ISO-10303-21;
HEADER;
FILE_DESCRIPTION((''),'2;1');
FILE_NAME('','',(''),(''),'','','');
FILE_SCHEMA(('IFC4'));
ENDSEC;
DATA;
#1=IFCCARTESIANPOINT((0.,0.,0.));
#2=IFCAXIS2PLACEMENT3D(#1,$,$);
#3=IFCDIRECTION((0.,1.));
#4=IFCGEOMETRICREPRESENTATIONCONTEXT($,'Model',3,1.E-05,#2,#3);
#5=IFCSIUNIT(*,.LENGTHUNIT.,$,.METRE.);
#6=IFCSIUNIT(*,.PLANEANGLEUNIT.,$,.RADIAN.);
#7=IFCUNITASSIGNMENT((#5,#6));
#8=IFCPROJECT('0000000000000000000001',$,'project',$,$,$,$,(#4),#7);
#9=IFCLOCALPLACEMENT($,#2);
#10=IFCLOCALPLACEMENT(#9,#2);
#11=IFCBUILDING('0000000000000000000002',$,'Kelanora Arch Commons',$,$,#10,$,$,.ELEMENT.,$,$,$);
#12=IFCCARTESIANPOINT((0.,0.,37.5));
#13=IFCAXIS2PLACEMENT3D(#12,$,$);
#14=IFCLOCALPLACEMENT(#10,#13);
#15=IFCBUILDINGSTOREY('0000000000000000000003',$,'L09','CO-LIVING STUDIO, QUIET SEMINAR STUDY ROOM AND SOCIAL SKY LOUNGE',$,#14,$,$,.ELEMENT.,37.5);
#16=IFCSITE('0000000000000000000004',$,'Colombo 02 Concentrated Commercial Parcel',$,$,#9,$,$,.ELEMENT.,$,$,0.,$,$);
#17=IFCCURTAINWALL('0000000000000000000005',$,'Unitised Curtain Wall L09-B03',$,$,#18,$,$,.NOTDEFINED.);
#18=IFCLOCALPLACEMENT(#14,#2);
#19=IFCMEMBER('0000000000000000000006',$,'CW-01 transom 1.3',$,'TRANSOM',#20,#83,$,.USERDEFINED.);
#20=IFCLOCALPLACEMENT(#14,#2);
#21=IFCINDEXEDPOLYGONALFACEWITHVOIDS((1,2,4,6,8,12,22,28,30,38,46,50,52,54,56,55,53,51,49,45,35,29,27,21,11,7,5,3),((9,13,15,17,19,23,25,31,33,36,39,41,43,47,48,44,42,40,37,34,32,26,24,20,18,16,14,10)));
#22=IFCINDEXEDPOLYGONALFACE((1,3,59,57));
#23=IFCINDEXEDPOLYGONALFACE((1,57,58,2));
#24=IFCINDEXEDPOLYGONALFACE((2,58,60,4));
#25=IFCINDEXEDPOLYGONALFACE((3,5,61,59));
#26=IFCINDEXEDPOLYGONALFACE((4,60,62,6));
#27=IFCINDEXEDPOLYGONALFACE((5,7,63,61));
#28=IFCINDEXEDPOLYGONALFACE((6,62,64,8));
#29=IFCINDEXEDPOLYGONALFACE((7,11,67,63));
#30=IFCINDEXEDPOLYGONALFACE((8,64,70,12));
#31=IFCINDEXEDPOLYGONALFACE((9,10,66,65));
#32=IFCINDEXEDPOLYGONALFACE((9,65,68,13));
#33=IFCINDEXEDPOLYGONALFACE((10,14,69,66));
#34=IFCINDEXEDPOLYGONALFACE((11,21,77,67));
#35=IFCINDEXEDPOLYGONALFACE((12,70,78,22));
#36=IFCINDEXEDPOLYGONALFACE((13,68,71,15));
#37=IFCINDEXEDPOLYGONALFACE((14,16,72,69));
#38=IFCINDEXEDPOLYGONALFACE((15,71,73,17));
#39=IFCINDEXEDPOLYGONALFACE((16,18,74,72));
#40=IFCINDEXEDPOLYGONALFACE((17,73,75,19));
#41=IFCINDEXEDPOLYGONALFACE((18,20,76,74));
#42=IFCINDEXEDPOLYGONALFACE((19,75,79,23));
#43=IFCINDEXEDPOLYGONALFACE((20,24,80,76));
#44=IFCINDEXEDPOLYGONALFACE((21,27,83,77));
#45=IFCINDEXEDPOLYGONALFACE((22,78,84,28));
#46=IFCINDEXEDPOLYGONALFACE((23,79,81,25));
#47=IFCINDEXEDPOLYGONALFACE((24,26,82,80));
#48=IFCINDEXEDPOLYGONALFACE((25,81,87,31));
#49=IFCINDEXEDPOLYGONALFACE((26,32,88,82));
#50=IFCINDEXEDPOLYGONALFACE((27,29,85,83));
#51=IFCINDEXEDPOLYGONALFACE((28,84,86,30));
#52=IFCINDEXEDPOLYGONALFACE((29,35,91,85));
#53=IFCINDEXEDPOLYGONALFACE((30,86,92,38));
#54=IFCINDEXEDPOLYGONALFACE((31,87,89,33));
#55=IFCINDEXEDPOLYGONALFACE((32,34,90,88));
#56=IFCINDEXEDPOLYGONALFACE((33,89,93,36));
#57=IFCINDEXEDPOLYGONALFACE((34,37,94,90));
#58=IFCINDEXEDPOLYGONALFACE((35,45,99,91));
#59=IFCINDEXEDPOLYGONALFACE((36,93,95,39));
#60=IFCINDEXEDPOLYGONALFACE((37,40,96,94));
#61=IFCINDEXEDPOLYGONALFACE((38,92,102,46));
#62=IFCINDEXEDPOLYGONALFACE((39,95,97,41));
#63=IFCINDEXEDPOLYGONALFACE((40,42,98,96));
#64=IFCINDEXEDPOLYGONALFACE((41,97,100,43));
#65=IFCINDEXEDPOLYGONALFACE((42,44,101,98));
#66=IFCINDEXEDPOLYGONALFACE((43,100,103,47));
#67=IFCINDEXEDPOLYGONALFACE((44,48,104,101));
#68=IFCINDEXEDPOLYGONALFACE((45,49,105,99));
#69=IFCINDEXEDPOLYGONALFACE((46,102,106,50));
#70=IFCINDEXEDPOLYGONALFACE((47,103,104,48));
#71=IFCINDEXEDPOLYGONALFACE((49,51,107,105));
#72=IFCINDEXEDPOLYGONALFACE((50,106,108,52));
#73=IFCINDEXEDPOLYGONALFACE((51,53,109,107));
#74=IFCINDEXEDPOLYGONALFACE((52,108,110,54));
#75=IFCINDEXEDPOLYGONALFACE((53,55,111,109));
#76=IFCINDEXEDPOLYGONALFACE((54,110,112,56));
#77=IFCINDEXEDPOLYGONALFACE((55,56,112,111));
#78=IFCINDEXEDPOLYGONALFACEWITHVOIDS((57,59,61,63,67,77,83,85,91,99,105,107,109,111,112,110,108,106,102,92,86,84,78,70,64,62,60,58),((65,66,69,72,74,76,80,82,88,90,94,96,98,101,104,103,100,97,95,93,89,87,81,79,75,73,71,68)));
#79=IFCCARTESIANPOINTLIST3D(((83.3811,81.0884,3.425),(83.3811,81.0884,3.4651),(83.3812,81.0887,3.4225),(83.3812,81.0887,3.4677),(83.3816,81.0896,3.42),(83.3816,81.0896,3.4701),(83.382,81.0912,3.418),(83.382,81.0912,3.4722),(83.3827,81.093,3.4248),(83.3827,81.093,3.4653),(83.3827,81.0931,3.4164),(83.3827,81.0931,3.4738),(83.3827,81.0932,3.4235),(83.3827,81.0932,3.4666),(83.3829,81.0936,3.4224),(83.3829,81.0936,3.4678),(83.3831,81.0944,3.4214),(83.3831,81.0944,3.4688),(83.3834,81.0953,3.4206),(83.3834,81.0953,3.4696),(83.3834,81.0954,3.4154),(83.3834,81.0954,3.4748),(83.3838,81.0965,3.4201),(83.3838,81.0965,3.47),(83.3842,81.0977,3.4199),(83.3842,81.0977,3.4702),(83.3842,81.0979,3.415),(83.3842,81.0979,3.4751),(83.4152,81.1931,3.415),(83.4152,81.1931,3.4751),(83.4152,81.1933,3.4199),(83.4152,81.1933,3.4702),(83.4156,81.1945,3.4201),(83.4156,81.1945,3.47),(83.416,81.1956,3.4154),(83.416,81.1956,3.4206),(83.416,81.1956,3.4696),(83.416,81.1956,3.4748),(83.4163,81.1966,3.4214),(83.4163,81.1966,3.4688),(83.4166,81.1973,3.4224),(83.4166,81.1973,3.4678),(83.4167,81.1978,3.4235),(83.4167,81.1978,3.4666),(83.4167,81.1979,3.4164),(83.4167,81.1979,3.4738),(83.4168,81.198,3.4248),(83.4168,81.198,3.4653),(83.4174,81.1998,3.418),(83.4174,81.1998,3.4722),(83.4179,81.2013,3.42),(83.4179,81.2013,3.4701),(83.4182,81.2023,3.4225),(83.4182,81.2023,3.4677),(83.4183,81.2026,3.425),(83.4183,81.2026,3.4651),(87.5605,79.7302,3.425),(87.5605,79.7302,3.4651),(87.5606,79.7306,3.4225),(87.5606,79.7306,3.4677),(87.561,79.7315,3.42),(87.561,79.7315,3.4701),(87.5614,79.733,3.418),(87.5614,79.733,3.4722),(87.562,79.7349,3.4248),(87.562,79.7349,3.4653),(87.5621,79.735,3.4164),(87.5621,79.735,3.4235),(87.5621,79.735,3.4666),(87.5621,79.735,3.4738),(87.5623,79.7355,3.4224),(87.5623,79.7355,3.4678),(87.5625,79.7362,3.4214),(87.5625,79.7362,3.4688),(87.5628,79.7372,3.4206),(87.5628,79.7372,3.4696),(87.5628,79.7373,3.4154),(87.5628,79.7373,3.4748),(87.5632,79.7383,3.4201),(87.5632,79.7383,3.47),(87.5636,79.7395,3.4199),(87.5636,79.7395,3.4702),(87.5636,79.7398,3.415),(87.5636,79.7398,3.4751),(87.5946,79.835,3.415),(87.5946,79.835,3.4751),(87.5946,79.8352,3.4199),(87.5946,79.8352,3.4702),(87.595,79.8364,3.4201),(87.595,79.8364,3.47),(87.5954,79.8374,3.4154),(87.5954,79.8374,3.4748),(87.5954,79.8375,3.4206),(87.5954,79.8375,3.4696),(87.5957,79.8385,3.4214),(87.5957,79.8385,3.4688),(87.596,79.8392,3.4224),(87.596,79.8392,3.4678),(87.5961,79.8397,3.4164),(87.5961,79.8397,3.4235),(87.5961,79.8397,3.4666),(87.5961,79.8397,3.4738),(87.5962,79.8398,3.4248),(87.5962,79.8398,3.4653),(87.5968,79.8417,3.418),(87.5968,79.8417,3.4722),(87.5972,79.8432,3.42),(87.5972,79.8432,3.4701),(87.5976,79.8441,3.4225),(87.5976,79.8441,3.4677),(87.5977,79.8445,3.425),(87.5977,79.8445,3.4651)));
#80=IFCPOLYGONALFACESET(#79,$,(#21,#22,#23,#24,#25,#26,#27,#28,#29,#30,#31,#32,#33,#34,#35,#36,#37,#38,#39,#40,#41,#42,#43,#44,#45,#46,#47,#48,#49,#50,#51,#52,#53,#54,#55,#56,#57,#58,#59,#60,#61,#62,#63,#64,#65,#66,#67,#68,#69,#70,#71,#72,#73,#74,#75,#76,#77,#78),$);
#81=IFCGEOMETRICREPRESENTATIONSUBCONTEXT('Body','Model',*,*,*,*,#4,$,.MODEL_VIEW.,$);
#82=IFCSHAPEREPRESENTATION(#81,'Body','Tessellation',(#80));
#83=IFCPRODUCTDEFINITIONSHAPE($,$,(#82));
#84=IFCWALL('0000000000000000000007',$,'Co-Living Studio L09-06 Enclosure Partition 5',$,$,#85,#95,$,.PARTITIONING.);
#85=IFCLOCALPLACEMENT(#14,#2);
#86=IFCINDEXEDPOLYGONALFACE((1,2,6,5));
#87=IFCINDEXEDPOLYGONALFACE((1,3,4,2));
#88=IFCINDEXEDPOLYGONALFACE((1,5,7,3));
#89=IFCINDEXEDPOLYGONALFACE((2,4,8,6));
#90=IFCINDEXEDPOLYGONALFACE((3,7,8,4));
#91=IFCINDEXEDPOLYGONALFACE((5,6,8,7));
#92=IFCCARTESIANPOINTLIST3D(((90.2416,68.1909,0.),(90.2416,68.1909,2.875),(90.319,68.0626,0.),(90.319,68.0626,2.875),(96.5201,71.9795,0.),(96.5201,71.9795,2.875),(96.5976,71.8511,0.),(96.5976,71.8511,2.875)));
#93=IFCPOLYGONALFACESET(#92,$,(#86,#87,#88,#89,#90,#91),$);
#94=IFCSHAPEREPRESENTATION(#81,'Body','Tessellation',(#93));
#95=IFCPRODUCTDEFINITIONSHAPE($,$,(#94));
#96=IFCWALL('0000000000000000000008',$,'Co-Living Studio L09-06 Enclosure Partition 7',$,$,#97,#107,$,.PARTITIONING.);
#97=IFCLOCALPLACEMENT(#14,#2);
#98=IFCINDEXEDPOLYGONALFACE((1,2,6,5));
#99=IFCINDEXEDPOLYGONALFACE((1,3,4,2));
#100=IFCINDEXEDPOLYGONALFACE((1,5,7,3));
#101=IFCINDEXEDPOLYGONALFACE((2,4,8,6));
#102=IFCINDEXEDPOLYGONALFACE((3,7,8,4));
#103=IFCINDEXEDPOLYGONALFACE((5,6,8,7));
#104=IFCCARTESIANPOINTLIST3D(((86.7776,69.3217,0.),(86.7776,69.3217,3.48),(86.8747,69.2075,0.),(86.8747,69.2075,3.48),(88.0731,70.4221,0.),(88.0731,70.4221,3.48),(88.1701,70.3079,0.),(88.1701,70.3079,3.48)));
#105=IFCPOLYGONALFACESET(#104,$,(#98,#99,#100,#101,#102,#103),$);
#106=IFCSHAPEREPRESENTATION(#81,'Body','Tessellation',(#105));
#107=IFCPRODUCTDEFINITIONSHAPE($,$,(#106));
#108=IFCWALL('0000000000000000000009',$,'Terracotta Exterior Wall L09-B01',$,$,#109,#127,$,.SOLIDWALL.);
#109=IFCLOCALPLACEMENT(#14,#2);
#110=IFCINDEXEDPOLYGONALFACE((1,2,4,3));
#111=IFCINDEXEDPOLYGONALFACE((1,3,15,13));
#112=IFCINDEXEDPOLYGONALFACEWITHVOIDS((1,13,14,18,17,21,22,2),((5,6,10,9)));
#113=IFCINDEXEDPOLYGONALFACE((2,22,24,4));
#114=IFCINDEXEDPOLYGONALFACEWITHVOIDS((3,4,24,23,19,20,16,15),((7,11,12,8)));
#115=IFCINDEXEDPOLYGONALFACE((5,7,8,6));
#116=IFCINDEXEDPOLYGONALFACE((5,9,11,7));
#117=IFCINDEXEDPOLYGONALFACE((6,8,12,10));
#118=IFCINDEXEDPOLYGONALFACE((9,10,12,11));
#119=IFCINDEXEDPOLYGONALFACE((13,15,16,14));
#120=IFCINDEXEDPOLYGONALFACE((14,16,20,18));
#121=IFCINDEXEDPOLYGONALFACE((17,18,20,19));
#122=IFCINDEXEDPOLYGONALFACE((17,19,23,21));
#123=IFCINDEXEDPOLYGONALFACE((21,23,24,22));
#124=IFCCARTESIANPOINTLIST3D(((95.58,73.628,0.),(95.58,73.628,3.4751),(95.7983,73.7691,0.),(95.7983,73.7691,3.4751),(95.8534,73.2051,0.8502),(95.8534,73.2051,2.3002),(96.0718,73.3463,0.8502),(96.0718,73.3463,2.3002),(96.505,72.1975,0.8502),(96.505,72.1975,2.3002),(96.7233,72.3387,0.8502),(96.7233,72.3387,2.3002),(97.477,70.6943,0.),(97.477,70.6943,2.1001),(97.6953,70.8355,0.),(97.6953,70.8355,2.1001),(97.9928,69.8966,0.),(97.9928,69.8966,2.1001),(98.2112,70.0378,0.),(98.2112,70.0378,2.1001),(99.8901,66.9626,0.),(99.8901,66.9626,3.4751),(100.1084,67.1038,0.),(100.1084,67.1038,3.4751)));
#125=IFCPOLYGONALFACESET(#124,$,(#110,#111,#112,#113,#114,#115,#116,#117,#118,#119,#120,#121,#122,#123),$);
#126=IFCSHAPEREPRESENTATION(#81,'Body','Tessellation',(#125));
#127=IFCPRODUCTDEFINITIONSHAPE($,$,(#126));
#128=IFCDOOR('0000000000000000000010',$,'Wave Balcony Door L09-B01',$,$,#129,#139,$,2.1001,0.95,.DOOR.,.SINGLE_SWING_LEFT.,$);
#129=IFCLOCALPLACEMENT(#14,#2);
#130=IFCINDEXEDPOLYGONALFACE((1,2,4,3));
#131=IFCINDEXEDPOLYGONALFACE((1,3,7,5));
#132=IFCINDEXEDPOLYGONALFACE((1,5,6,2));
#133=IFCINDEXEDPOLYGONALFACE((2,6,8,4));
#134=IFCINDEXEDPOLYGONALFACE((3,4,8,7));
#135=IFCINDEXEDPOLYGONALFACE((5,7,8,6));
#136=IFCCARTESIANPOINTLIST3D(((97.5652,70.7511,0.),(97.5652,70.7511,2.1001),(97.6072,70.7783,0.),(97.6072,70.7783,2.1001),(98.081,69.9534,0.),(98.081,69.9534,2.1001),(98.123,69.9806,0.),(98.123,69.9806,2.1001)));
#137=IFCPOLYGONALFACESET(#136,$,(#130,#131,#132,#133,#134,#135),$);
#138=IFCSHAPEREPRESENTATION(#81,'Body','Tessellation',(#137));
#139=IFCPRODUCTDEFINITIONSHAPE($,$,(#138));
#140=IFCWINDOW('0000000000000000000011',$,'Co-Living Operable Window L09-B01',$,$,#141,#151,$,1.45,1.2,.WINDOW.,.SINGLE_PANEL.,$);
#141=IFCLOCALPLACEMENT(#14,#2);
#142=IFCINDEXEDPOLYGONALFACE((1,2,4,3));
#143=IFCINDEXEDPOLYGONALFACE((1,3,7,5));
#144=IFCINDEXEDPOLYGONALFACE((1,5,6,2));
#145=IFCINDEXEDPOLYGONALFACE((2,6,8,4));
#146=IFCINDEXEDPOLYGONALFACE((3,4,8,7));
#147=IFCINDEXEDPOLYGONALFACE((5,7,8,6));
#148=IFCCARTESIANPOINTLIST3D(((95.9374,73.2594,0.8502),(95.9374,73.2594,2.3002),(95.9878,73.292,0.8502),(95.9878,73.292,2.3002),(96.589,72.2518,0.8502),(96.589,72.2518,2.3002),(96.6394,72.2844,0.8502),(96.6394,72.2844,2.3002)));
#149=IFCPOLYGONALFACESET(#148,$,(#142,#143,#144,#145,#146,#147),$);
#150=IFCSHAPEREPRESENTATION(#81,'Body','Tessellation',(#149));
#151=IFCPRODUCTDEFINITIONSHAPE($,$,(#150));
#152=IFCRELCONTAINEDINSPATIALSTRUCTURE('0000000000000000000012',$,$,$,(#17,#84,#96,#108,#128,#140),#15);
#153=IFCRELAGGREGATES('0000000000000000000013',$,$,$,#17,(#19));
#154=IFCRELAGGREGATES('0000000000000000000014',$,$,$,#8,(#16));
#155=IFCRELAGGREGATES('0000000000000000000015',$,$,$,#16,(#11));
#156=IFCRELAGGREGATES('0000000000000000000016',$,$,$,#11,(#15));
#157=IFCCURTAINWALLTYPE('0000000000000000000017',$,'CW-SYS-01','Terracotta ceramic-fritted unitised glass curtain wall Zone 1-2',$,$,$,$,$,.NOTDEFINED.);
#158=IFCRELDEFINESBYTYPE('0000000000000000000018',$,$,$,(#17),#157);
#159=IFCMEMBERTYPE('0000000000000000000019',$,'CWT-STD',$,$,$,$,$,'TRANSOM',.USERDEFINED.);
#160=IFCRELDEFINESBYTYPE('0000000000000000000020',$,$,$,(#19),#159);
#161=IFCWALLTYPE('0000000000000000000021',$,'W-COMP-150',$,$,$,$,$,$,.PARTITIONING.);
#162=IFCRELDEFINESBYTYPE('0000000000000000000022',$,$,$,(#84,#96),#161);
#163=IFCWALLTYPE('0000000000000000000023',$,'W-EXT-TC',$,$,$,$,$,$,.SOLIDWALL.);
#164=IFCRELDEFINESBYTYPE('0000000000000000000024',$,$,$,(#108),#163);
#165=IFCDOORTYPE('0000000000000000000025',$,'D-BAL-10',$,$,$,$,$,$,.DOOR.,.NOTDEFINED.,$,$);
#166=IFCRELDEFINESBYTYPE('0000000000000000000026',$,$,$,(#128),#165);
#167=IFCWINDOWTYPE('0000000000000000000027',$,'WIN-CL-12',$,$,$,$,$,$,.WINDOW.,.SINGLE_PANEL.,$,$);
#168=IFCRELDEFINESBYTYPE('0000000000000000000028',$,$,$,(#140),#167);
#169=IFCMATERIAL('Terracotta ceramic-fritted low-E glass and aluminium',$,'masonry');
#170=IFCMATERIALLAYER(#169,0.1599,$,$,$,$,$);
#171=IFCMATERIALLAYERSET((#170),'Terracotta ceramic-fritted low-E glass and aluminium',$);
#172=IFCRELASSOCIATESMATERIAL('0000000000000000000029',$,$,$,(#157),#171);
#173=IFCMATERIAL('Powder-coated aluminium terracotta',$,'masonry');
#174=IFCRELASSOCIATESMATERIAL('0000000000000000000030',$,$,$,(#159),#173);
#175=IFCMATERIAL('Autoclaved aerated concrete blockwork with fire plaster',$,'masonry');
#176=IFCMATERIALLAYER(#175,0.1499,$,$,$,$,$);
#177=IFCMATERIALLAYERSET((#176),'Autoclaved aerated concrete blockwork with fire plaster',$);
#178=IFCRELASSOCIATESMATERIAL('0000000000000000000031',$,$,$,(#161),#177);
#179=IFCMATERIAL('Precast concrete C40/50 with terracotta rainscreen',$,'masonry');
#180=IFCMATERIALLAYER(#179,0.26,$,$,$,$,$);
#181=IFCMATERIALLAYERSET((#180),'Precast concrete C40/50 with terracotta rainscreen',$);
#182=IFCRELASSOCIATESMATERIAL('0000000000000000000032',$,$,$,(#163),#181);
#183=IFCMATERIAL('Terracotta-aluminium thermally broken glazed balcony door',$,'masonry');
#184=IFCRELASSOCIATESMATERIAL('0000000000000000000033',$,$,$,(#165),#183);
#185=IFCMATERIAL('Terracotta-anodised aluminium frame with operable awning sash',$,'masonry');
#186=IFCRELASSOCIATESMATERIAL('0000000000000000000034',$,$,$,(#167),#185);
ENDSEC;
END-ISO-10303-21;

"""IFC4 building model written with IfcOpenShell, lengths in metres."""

from ifc_helpers import new_model, si_unit, direction, frame, frame_2d, origin, origin_2d, place, context, subcontext, project, spatial, rectangle, hollow_rectangle, extrude, material, layer, layer_set, material_profile, profile_set, type_object, element, fill, aggregate, save


model = new_model("IFC4")

# Units and contexts
model_context = context("Model", 3, precision=1e-05, world=origin(), true_north=direction((0.0, 1.0)))
body_context = subcontext(model_context, "Body", "Model", "MODEL_VIEW")
ifc_project = project(units=[si_unit("LENGTHUNIT", "METRE"), si_unit("PLANEANGLEUNIT", "RADIAN")], contexts=[model_context])

# Site, building, storey
site_placement = place(None, origin())
site = spatial("IfcSite", under=ifc_project, at=site_placement, Name="Colombo 02 Concentrated Commercial Parcel", CompositionType="ELEMENT", RefElevation=0.0)
building_placement = place(site_placement, origin())
building = spatial("IfcBuilding", under=site, at=building_placement, Name="Kelanora Arch Commons", CompositionType="ELEMENT")
storey_placement = place(building_placement, frame((0.0, 0.0, 37.5)))
storey = spatial("IfcBuildingStorey", under=building, at=storey_placement, Name="L09", Description="CO-LIVING STUDIO, QUIET SEMINAR STUDY ROOM AND SOCIAL SKY LOUNGE", CompositionType="ELEMENT", Elevation=37.5)

# Shared definitions
ifc_material_1 = material(Name="Terracotta ceramic-fritted low-E glass and aluminium", Category="masonry")
ifc_layer_1 = layer(ifc_material_1, 0.1599)
ifc_layer_set_1 = layer_set([ifc_layer_1], Name="Terracotta ceramic-fritted low-E glass and aluminium")
curtain_wall_type = type_object("IfcCurtainWallType", Name="CW-SYS-01", Description="Terracotta ceramic-fritted unitised glass curtain wall Zone 1-2", PredefinedType="NOTDEFINED", material=ifc_layer_set_1)
ifc_material_2 = material(Name="Powder-coated aluminium terracotta", Category="masonry")

# Curtain wall, member
curtain_wall_1_placement = place(storey_placement, origin())
curtain_wall_1 = element("IfcCurtainWall", 1, at=curtain_wall_1_placement, inside=storey, type_object=curtain_wall_type, Name="Unitised Curtain Wall L09-B03", PredefinedType="NOTDEFINED")
ifc_material_profile_1 = material_profile(ifc_material_2, hollow_rectangle(XDim=0.1201, YDim=0.0601, WallThickness=0.0049, InnerFilletRadius=0.0049, OuterFilletRadius=0.01, at=origin_2d()), Name="CWT120x60")
ifc_profile_set_1 = profile_set([ifc_material_profile_1], Name="Powder-coated aluminium terracotta")
member_type_1 = type_object("IfcMemberType", Name="CWT-STD", ElementType="TRANSOM", PredefinedType="USERDEFINED", material=ifc_profile_set_1)
member_1_placement = place(storey_placement, frame((87.5791, 79.7874, 3.4451), z_axis=(-0.951045, 0.309052, 0.0), x_axis=(-0.309052, -0.951045, 0.0)))
member_1 = element("IfcMember", 2, at=member_1_placement, type_object=member_type_1, Name="CW-01 transom 1.3", ObjectType="TRANSOM", PredefinedType="USERDEFINED", context=body_context, shape_type="SweptSolid", body=[
    extrude(hollow_rectangle(XDim=0.1201, YDim=0.0601, WallThickness=0.0049, InnerFilletRadius=0.0049, OuterFilletRadius=0.01, at=origin_2d()), origin(), (0.0, 0.0, 1.0), 4.3945),
])
aggregate(curtain_wall_1, [member_1])

# Walls
ifc_material_3 = material(Name="Autoclaved aerated concrete blockwork with fire plaster", Category="masonry")
ifc_layer_2 = layer(ifc_material_3, 0.1499)
ifc_layer_set_2 = layer_set([ifc_layer_2], Name="Autoclaved aerated concrete blockwork with fire plaster")
wall_type_1 = type_object("IfcWallType", Name="W-COMP-150", PredefinedType="PARTITIONING", material=ifc_layer_set_2)
wall_1_placement = place(storey_placement, frame((96.5588, 71.9153, 0.0), z_axis=(0.0, 0.0, 1.0), x_axis=(-0.856201, -0.516644, 0.0)))
element("IfcWall", 3, at=wall_1_placement, inside=storey, type_object=wall_type_1, Name="Co-Living Studio L09-06 Enclosure Partition 5", PredefinedType="PARTITIONING", context=body_context, shape_type="SweptSolid", body=[
    extrude(rectangle(XDim=7.333, YDim=0.1499, at=frame_2d((3.6665, 0.0))), origin(), (0.0, 0.0, 1.0), 2.875),
])
wall_2_placement = place(storey_placement, frame((88.1216, 70.365, 0.0), z_axis=(0.0, 0.0, 1.0), x_axis=(-0.762159, -0.64739, 0.0)))
element("IfcWall", 4, at=wall_2_placement, inside=storey, type_object=wall_type_1, Name="Co-Living Studio L09-06 Enclosure Partition 7", PredefinedType="PARTITIONING", context=body_context, shape_type="SweptSolid", body=[
    extrude(rectangle(XDim=1.6997, YDim=0.1499, at=frame_2d((0.8499, 0.0))), origin(), (0.0, 0.0, 1.0), 3.48),
])

# Wall, openings, door, window
ifc_material_4 = material(Name="Precast concrete C40/50 with terracotta rainscreen", Category="masonry")
ifc_layer_3 = layer(ifc_material_4, 0.26)
ifc_layer_set_3 = layer_set([ifc_layer_3], Name="Precast concrete C40/50 with terracotta rainscreen")
wall_type_2 = type_object("IfcWallType", Name="W-EXT-TC", PredefinedType="SOLIDWALL", material=ifc_layer_set_3)
wall_3_placement = place(storey_placement, frame((99.9993, 67.0332, 0.0), z_axis=(0.0, 0.0, 1.0), x_axis=(-0.543005, 0.839729, 0.0)))
wall_3 = element("IfcWall", 5, at=wall_3_placement, inside=storey, type_object=wall_type_2, Name="Terracotta Exterior Wall L09-B01", PredefinedType="SOLIDWALL", context=body_context, shape_type="SweptSolid", body=[
    extrude(rectangle(XDim=7.9375, YDim=0.26, at=frame_2d((3.9688, 0.0))), origin(), (0.0, 0.0, 1.0), 3.4751),
])
opening_1_placement = place(wall_3_placement, frame((3.4939, 0.0, 0.0)))
opening_1 = element("IfcOpeningElement", 6, at=opening_1_placement, cuts=wall_3, PredefinedType="OPENING", context=body_context, shape_type="SweptSolid", body=[
    extrude(rectangle(XDim=0.95, YDim=2.1001, at=frame_2d((0.4751, 1.05))), frame((0.0, 0.1401, 0.0), z_axis=(0.0, -1.0, 0.0), x_axis=(1.0, 0.0, 0.0)), (0.0, 0.0, 1.0), 0.28),
])
opening_2_placement = place(wall_3_placement, frame((6.2339, 0.0, 0.8501)))
opening_2 = element("IfcOpeningElement", 7, at=opening_2_placement, cuts=wall_3, PredefinedType="OPENING", context=body_context, shape_type="SweptSolid", body=[
    extrude(rectangle(XDim=1.2, YDim=1.45, at=frame_2d((0.6001, 0.7251))), frame((0.0, 0.1401, 0.0), z_axis=(0.0, -1.0, 0.0), x_axis=(1.0, 0.0, 0.0)), (0.0, 0.0, 1.0), 0.28),
])
ifc_material_5 = material(Name="Terracotta-aluminium thermally broken glazed balcony door", Category="masonry")
door_type = type_object("IfcDoorType", Name="D-BAL-10", OperationType="NOTDEFINED", PredefinedType="DOOR", material=ifc_material_5)
door_1_placement = place(opening_1_placement, frame((0.95, 0.0, 0.0), z_axis=(0.0, 0.0, 1.0), x_axis=(-1.0, 0.0, 0.0)))
door_1 = element("IfcDoor", 8, at=door_1_placement, inside=storey, type_object=door_type, Name="Wave Balcony Door L09-B01", OperationType="SINGLE_SWING_LEFT", OverallHeight=2.1001, OverallWidth=0.95, PredefinedType="DOOR", context=body_context, shape_type="SweptSolid", body=[
    extrude(rectangle(XDim=0.95, YDim=2.1001, at=frame_2d((0.4751, 1.05))), frame((0.0, 0.0249, 0.0), z_axis=(0.0, -1.0, 0.0), x_axis=(1.0, 0.0, 0.0)), (0.0, 0.0, 1.0), 0.05),
])
fill(opening_1, door_1)
ifc_material_6 = material(Name="Terracotta-anodised aluminium frame with operable awning sash", Category="masonry")
window_type = type_object("IfcWindowType", Name="WIN-CL-12", PartitioningType="SINGLE_PANEL", PredefinedType="WINDOW", material=ifc_material_6)
window_1_placement = place(opening_2_placement, origin())
window_1 = element("IfcWindow", 9, at=window_1_placement, inside=storey, type_object=window_type, Name="Co-Living Operable Window L09-B01", OverallHeight=1.45, OverallWidth=1.2, PartitioningType="SINGLE_PANEL", PredefinedType="WINDOW", context=body_context, shape_type="SweptSolid", body=[
    extrude(rectangle(XDim=1.2, YDim=1.45, at=frame_2d((0.6001, 0.7251))), frame((0.0, 0.03, 0.0), z_axis=(0.0, -1.0, 0.0), x_axis=(1.0, 0.0, 0.0)), (0.0, 0.0, 1.0), 0.0601),
])
fill(opening_2, window_1)

save(model, "model.ifc")
